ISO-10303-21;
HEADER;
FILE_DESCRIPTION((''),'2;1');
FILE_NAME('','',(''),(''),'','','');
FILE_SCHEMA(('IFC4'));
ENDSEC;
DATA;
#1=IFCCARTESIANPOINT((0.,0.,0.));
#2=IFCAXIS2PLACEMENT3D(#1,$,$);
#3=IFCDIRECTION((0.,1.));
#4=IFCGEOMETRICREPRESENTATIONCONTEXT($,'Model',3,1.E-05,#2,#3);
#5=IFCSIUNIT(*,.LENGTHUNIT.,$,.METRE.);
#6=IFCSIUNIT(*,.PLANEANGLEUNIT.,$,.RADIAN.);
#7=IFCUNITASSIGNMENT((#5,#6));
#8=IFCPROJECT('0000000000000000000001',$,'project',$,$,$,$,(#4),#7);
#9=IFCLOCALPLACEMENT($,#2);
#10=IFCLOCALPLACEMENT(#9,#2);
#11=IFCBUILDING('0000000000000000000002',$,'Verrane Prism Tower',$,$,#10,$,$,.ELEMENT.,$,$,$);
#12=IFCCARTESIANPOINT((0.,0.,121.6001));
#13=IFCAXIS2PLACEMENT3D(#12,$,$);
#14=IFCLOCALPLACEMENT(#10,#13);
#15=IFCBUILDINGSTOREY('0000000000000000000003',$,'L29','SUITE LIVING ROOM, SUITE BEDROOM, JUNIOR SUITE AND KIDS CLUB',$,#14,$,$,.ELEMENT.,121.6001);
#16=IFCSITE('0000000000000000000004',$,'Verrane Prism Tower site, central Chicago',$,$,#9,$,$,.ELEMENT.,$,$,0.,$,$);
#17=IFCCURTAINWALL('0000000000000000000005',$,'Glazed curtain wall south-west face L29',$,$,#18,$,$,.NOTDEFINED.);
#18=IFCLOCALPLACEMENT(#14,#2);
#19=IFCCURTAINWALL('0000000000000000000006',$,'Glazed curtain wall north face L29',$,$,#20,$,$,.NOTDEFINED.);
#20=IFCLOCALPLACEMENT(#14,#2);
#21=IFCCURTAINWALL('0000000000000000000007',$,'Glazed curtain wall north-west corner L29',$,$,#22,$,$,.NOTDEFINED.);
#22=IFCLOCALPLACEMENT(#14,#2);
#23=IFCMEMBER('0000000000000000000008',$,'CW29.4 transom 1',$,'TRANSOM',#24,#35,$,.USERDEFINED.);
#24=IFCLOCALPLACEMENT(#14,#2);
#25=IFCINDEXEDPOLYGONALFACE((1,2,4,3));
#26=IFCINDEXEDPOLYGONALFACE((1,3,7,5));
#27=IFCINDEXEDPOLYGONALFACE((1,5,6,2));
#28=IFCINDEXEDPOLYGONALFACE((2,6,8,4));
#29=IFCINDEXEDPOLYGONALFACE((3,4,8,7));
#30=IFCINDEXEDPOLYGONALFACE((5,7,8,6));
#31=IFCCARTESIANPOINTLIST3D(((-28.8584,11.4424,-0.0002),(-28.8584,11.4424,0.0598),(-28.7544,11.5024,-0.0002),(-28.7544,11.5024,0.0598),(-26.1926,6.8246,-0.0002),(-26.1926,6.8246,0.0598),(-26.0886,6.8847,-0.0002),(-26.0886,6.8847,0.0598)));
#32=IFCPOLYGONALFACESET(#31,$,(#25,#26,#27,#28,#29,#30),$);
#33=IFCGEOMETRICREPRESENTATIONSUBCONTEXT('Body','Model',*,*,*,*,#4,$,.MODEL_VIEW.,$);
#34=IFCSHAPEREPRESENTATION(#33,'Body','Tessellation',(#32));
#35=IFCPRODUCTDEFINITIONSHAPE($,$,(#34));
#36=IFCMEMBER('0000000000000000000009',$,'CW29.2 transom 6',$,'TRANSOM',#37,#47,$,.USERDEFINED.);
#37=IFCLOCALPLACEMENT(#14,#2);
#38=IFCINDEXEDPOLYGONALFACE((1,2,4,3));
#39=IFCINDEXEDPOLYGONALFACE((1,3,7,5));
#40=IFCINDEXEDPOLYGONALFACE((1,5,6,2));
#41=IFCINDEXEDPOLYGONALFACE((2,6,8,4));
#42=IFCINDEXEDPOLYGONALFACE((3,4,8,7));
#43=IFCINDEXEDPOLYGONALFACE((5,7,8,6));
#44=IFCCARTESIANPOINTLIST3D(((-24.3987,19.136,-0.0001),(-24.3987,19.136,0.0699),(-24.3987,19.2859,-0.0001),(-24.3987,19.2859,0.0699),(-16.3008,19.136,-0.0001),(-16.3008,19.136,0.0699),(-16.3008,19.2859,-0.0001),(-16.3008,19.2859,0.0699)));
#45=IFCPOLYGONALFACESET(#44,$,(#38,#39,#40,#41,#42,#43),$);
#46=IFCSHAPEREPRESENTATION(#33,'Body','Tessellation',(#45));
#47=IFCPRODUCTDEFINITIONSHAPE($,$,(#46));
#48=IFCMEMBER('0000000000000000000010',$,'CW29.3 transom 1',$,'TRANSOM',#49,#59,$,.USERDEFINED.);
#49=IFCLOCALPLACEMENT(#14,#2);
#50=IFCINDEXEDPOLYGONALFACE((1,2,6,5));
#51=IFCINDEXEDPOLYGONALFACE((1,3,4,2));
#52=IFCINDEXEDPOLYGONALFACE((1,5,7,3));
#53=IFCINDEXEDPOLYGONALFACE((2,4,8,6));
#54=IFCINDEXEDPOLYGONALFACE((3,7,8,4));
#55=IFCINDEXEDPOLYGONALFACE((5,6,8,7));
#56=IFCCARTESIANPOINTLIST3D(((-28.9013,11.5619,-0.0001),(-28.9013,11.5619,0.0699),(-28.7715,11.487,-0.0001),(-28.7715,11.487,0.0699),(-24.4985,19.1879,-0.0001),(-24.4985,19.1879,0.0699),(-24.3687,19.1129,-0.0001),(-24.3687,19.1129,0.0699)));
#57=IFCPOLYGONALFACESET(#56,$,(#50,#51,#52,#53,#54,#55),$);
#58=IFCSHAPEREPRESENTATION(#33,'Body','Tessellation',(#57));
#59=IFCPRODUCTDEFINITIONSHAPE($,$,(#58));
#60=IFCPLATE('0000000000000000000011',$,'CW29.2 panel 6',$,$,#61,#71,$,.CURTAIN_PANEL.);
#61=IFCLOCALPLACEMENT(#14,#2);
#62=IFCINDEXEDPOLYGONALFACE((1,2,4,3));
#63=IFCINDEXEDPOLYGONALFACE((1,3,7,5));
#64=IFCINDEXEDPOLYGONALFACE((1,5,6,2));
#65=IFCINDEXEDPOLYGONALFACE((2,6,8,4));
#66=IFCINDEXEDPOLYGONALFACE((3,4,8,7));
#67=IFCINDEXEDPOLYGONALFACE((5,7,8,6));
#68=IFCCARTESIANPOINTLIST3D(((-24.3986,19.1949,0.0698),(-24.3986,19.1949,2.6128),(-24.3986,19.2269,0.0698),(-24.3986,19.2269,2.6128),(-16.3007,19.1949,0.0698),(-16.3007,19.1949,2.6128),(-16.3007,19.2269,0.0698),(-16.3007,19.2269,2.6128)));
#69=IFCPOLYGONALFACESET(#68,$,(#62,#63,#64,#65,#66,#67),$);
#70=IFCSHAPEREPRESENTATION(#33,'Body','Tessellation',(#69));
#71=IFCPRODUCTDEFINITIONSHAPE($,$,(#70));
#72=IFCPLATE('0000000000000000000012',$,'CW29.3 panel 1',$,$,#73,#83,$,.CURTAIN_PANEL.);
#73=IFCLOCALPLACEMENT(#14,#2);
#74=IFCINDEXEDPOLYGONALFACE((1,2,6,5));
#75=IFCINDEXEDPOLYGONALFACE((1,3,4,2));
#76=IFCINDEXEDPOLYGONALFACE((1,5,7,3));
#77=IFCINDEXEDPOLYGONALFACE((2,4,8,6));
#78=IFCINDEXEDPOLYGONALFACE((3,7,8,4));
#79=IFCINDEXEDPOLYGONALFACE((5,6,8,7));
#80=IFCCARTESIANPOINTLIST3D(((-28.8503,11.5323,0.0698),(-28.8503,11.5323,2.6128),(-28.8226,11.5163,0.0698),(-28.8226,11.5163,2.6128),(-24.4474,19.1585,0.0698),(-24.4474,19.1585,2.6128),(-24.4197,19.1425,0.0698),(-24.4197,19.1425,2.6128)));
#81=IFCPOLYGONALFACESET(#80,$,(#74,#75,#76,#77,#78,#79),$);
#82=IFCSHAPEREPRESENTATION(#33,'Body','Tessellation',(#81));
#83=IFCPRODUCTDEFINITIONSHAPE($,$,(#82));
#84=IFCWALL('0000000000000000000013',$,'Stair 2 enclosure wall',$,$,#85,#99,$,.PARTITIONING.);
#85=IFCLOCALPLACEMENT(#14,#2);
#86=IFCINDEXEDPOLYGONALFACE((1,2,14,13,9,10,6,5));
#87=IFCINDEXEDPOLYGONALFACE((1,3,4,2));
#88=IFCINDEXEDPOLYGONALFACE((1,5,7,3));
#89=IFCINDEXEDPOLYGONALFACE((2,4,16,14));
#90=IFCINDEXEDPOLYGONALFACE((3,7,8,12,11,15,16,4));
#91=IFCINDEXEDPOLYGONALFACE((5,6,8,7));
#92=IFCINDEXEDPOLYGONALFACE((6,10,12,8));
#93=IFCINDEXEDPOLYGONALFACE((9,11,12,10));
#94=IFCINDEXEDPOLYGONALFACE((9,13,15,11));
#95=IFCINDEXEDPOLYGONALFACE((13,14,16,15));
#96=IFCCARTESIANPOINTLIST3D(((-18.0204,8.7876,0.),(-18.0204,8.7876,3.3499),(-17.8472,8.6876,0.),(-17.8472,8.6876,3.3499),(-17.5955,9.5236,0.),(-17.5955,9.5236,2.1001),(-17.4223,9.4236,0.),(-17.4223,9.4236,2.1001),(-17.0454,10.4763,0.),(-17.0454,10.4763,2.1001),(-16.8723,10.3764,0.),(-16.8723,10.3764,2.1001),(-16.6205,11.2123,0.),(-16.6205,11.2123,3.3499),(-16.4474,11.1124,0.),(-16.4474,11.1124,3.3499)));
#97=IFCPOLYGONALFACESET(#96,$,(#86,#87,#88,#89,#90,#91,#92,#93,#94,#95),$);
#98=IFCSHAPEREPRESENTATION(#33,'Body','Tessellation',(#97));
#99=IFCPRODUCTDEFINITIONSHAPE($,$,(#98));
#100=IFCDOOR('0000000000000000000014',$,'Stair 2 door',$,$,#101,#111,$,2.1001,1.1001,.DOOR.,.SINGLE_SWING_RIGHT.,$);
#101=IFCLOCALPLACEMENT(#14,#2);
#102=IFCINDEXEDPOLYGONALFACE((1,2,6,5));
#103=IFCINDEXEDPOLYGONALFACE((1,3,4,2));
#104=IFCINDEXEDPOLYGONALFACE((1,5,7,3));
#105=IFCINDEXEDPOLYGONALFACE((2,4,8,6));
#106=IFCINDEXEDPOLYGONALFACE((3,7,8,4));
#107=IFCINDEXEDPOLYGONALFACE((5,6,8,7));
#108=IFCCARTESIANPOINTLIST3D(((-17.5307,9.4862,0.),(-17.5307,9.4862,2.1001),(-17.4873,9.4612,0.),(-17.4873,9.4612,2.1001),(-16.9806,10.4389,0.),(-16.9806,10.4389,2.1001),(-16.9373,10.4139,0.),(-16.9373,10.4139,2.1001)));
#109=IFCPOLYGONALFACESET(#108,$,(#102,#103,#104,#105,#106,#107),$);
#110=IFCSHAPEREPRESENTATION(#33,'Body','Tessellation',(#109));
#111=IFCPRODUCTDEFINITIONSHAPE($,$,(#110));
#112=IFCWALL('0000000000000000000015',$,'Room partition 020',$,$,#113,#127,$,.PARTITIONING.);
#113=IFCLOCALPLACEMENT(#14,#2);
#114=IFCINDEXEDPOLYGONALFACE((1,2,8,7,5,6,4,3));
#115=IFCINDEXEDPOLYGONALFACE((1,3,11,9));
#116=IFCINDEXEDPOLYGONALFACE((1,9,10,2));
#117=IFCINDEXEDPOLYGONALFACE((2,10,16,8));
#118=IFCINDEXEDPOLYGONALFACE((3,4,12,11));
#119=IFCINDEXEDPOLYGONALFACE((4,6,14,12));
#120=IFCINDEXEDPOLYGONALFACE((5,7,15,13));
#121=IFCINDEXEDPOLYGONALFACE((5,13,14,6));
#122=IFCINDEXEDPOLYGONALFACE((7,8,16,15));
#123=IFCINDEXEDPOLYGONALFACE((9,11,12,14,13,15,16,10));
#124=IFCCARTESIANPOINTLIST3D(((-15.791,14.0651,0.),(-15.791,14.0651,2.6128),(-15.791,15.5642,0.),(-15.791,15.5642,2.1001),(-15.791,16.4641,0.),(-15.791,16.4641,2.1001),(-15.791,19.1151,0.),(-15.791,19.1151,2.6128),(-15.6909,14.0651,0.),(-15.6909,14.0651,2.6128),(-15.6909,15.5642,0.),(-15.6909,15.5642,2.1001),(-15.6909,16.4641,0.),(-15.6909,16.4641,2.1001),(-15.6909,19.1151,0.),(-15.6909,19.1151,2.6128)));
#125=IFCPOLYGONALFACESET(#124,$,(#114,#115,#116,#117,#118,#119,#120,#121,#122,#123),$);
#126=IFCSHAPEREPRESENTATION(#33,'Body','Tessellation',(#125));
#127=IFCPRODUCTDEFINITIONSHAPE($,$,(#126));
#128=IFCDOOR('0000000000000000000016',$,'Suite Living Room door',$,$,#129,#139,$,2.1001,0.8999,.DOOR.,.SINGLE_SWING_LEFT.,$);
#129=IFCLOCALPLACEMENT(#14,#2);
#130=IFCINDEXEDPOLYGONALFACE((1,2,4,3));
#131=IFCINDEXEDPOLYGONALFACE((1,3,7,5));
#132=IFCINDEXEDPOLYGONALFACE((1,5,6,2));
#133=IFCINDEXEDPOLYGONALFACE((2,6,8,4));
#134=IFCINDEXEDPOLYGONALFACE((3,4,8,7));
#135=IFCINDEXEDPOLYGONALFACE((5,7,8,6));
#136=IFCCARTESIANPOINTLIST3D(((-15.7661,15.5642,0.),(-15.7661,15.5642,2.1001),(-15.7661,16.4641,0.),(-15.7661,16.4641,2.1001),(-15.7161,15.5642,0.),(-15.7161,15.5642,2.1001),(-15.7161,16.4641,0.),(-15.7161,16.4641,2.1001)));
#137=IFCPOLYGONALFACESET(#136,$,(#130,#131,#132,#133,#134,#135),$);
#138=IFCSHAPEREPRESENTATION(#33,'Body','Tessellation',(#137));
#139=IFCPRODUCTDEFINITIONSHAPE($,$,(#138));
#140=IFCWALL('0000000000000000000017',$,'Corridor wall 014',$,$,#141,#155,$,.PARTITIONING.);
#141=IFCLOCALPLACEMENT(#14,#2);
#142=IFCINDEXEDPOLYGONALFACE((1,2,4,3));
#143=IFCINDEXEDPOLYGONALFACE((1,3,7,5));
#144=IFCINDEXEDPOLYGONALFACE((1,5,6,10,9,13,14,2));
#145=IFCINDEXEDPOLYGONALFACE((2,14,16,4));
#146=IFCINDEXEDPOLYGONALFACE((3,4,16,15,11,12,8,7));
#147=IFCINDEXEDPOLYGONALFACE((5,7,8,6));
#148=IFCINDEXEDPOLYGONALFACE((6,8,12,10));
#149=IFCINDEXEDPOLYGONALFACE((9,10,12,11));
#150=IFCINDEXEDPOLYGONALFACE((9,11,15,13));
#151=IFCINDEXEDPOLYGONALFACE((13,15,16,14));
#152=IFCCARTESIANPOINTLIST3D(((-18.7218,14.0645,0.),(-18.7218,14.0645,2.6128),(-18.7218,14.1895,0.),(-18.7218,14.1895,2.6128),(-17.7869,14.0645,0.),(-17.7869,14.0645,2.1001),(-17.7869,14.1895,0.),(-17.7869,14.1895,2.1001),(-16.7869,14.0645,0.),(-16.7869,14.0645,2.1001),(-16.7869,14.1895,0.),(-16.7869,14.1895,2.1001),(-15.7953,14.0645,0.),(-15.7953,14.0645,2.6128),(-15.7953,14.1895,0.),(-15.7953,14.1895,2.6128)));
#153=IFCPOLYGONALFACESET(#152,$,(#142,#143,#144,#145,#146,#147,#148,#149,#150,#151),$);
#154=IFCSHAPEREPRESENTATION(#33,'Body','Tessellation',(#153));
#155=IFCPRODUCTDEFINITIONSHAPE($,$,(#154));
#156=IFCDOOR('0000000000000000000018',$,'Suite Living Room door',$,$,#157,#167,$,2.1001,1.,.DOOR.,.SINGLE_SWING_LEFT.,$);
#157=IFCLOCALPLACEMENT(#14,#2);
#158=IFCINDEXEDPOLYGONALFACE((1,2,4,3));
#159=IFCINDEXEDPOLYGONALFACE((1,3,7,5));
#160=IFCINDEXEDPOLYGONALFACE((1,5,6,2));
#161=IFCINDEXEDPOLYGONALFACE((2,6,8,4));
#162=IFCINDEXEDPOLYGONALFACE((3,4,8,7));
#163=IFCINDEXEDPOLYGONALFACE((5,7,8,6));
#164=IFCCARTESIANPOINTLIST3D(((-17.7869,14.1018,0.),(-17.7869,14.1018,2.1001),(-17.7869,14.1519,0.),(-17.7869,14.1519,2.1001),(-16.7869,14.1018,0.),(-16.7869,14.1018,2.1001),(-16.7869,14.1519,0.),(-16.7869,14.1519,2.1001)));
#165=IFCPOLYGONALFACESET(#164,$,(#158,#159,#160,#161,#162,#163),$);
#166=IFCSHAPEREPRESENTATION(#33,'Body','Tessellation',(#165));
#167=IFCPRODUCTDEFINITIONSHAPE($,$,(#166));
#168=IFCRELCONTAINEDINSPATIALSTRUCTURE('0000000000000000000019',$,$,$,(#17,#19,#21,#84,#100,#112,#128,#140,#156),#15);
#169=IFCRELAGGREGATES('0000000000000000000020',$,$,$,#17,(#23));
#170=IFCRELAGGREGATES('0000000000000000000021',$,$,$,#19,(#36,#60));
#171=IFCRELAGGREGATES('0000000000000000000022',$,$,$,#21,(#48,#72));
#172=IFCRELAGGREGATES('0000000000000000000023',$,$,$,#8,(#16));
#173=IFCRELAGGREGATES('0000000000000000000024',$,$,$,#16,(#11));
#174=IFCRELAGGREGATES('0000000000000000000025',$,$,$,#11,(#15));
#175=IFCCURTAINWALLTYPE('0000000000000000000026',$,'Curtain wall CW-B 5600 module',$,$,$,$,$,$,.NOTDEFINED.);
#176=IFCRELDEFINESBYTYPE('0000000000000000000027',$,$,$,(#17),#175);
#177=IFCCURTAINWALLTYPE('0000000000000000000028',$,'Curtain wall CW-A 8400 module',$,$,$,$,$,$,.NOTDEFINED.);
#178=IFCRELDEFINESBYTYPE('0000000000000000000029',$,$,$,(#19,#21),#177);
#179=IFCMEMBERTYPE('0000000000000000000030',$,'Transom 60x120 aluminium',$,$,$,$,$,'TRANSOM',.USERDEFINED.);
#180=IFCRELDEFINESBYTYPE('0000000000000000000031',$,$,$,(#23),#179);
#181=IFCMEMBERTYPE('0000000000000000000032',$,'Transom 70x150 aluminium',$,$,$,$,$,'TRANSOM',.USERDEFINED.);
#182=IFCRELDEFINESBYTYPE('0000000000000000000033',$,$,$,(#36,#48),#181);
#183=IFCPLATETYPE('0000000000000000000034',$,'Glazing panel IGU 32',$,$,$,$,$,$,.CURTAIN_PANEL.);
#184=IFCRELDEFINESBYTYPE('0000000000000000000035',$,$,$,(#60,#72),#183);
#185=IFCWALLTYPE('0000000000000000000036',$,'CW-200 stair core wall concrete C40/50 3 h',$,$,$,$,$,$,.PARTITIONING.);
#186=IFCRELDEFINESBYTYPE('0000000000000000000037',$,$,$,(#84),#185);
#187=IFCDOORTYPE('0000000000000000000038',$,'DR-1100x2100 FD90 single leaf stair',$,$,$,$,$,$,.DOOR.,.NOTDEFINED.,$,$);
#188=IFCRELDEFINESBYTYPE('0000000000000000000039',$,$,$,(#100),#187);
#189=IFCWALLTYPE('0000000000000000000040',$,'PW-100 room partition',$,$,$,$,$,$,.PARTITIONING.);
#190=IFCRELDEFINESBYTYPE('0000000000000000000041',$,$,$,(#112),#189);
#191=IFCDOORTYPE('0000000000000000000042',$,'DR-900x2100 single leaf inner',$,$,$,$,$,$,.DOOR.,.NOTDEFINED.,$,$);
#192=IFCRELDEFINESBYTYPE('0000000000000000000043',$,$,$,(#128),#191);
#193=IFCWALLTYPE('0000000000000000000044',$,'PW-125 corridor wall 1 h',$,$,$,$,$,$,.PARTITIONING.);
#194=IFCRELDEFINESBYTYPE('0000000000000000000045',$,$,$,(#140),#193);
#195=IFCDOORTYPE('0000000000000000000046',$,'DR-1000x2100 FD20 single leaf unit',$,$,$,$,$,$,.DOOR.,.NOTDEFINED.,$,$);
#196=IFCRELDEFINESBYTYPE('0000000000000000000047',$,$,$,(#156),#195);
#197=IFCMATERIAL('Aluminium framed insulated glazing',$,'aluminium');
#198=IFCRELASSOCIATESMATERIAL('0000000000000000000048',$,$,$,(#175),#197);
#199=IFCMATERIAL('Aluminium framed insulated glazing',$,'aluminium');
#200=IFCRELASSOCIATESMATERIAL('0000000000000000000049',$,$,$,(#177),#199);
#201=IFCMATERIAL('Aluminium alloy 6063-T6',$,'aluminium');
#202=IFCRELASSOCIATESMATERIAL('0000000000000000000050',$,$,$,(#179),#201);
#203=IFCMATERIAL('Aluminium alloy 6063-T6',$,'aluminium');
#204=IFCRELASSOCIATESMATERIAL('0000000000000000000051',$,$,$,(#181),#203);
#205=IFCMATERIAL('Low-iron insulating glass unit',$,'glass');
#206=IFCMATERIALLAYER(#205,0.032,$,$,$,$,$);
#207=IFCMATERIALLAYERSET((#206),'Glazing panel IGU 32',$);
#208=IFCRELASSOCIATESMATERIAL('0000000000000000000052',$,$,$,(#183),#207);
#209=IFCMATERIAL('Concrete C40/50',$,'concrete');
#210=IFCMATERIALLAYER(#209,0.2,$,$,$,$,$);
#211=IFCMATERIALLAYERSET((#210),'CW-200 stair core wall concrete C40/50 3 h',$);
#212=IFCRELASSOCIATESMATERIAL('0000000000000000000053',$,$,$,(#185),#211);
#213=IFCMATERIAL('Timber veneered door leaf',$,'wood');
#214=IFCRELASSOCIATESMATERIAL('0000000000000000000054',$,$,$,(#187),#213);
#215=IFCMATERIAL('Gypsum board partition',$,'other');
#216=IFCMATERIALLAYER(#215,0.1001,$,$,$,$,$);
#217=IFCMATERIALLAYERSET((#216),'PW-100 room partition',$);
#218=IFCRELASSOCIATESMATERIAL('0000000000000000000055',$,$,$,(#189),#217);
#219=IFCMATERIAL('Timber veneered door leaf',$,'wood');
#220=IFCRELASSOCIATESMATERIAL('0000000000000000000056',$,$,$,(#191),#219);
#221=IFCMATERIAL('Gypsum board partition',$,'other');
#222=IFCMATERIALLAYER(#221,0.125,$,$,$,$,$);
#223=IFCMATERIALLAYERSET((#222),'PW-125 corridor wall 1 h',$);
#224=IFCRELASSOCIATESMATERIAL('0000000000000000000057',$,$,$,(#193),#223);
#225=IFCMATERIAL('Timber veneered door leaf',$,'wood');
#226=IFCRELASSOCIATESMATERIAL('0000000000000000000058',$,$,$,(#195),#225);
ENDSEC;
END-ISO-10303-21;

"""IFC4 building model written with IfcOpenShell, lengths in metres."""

from ifc_helpers import new_model, si_unit, direction, frame, frame_2d, origin, origin_2d, place, context, subcontext, project, spatial, rectangle, extrude, material, layer, layer_set, material_profile, profile_set, type_object, element, fill, aggregate, save


model = new_model("IFC4")

# Units and contexts
model_context = context("Model", 3, precision=1e-05, world=origin(), true_north=direction((0.0, 1.0)))
body_context = subcontext(model_context, "Body", "Model", "MODEL_VIEW")
ifc_project = project(units=[si_unit("LENGTHUNIT", "METRE"), si_unit("PLANEANGLEUNIT", "RADIAN")], contexts=[model_context])

# Site, building, storey
site_placement = place(None, origin())
site = spatial("IfcSite", under=ifc_project, at=site_placement, Name="Verrane Prism Tower site, central Chicago", CompositionType="ELEMENT", RefElevation=0.0)
building_placement = place(site_placement, origin())
building = spatial("IfcBuilding", under=site, at=building_placement, Name="Verrane Prism Tower", CompositionType="ELEMENT")
storey_placement = place(building_placement, frame((0.0, 0.0, 121.6001)))
storey = spatial("IfcBuildingStorey", under=building, at=storey_placement, Name="L29", Description="SUITE LIVING ROOM, SUITE BEDROOM, JUNIOR SUITE AND KIDS CLUB", CompositionType="ELEMENT", Elevation=121.6001)

# Curtain walls
ifc_material_1 = material(Name="Aluminium framed insulated glazing", Category="aluminium")
curtain_wall_type_1 = type_object("IfcCurtainWallType", Name="Curtain wall CW-B 5600 module", PredefinedType="NOTDEFINED", material=ifc_material_1)
curtain_wall_1_placement = place(storey_placement, origin())
curtain_wall_1 = element("IfcCurtainWall", 1, at=curtain_wall_1_placement, inside=storey, type_object=curtain_wall_type_1, Name="Glazed curtain wall south-west face L29", PredefinedType="NOTDEFINED")
ifc_material_2 = material(Name="Aluminium framed insulated glazing", Category="aluminium")
curtain_wall_type_2 = type_object("IfcCurtainWallType", Name="Curtain wall CW-A 8400 module", PredefinedType="NOTDEFINED", material=ifc_material_2)
curtain_wall_2_placement = place(storey_placement, origin())
curtain_wall_2 = element("IfcCurtainWall", 2, at=curtain_wall_2_placement, inside=storey, type_object=curtain_wall_type_2, Name="Glazed curtain wall north face L29", PredefinedType="NOTDEFINED")
curtain_wall_3_placement = place(storey_placement, origin())
curtain_wall_3 = element("IfcCurtainWall", 3, at=curtain_wall_3_placement, inside=storey, type_object=curtain_wall_type_2, Name="Glazed curtain wall north-west corner L29", PredefinedType="NOTDEFINED")

# Members
ifc_material_3 = material(Name="Aluminium alloy 6063-T6", Category="aluminium")
ifc_material_profile_1 = material_profile(ifc_material_3, rectangle(XDim=0.1201, YDim=0.0601, at=origin_2d()), Name="Transom 60x120 aluminium")
ifc_profile_set_1 = profile_set([ifc_material_profile_1], Name="Aluminium alloy 6063-T6")
member_type_1 = type_object("IfcMemberType", Name="Transom 60x120 aluminium", ElementType="TRANSOM", PredefinedType="USERDEFINED", material=ifc_profile_set_1)
member_1_placement = place(storey_placement, frame((-28.8064, 11.4724, 0.0298), z_axis=(0.499966, -0.866045, 0.0), x_axis=(0.866045, 0.499966, 0.0)))
member_1 = element("IfcMember", 4, at=member_1_placement, type_object=member_type_1, Name="CW29.4 transom 1", ObjectType="TRANSOM", PredefinedType="USERDEFINED", context=body_context, shape_type="SweptSolid", body=[
    extrude(rectangle(XDim=0.1201, YDim=0.0601, at=origin_2d()), origin(), (0.0, 0.0, 1.0), 5.332),
])
aggregate(curtain_wall_1, [member_1])
ifc_material_4 = material(Name="Aluminium alloy 6063-T6", Category="aluminium")
ifc_material_profile_2 = material_profile(ifc_material_4, rectangle(XDim=0.1499, YDim=0.0701, at=origin_2d()), Name="Transom 70x150 aluminium")
ifc_profile_set_2 = profile_set([ifc_material_profile_2], Name="Aluminium alloy 6063-T6")
member_type_2 = type_object("IfcMemberType", Name="Transom 70x150 aluminium", ElementType="TRANSOM", PredefinedType="USERDEFINED", material=ifc_profile_set_2)
member_2_placement = place(storey_placement, frame((-16.3008, 19.2109, 0.0349), z_axis=(-1.0, 0.0, 0.0), x_axis=(0.0, -1.0, 0.0)))
member_2 = element("IfcMember", 5, at=member_2_placement, type_object=member_type_2, Name="CW29.2 transom 6", ObjectType="TRANSOM", PredefinedType="USERDEFINED", context=body_context, shape_type="SweptSolid", body=[
    extrude(rectangle(XDim=0.1499, YDim=0.0701, at=origin_2d()), origin(), (0.0, 0.0, 1.0), 8.0979),
])
member_3_placement = place(storey_placement, frame((-24.4336, 19.1504, 0.0349), z_axis=(-0.499998, -0.866027, 0.0), x_axis=(0.866027, -0.499998, 0.0)))
member_3 = element("IfcMember", 6, at=member_3_placement, type_object=member_type_2, Name="CW29.3 transom 1", ObjectType="TRANSOM", PredefinedType="USERDEFINED", context=body_context, shape_type="SweptSolid", body=[
    extrude(rectangle(XDim=0.1499, YDim=0.0701, at=origin_2d()), origin(), (0.0, 0.0, 1.0), 8.8057),
])

# Plates
ifc_material_5 = material(Name="Low-iron insulating glass unit", Category="glass")
ifc_layer_1 = layer(ifc_material_5, 0.032)
ifc_layer_set_1 = layer_set([ifc_layer_1], Name="Glazing panel IGU 32")
plate_type = type_object("IfcPlateType", Name="Glazing panel IGU 32", PredefinedType="CURTAIN_PANEL", material=ifc_layer_set_1)
plate_1_placement = place(storey_placement, frame((-20.3496, 19.2109, 0.0698), z_axis=(0.0, 0.0, 1.0), x_axis=(-1.0, 0.0, 0.0)))
plate_1 = element("IfcPlate", 7, at=plate_1_placement, type_object=plate_type, Name="CW29.2 panel 6", PredefinedType="CURTAIN_PANEL", context=body_context, shape_type="SweptSolid", body=[
    extrude(rectangle(XDim=8.0979, YDim=0.032, at=origin_2d()), origin(), (0.0, 0.0, 1.0), 2.543),
])
aggregate(curtain_wall_2, [member_2, plate_1])
plate_2_placement = place(storey_placement, frame((-26.635, 15.3374, 0.0698), z_axis=(0.0, 0.0, 1.0), x_axis=(-0.499998, -0.866026, 0.0)))
plate_2 = element("IfcPlate", 8, at=plate_2_placement, type_object=plate_type, Name="CW29.3 panel 1", PredefinedType="CURTAIN_PANEL", context=body_context, shape_type="SweptSolid", body=[
    extrude(rectangle(XDim=8.8059, YDim=0.032, at=origin_2d()), origin(), (0.0, 0.0, 1.0), 2.543),
])
aggregate(curtain_wall_3, [member_3, plate_2])

# Walls, openings, doors
ifc_material_6 = material(Name="Concrete C40/50", Category="concrete")
ifc_layer_2 = layer(ifc_material_6, 0.2)
ifc_layer_set_2 = layer_set([ifc_layer_2], Name="CW-200 stair core wall concrete C40/50 3 h")
wall_type_1 = type_object("IfcWallType", Name="CW-200 stair core wall concrete C40/50 3 h", PredefinedType="PARTITIONING", material=ifc_layer_set_2)
wall_1_placement = place(storey_placement, frame((-16.5339, 11.1624, 0.0), z_axis=(0.0, 0.0, 1.0), x_axis=(-0.499984, -0.866035, 0.0)))
wall_1 = element("IfcWall", 9, at=wall_1_placement, inside=storey, type_object=wall_type_1, Name="Stair 2 enclosure wall", PredefinedType="PARTITIONING", context=body_context, shape_type="SweptSolid", body=[
    extrude(rectangle(XDim=2.7998, YDim=0.2, at=frame_2d((1.3999, 0.0))), origin(), (0.0, 0.0, 1.0), 3.3499),
])
opening_1_placement = place(wall_1_placement, frame((0.8499, 0.0, 0.0)))
opening_1 = element("IfcOpeningElement", 10, at=opening_1_placement, cuts=wall_1, PredefinedType="OPENING", context=body_context, shape_type="SweptSolid", body=[
    extrude(rectangle(XDim=1.1001, YDim=2.1001, at=frame_2d((0.55, 1.05))), frame((0.0, 0.1099, 0.0), z_axis=(0.0, -1.0, 0.0), x_axis=(1.0, 0.0, 0.0)), (0.0, 0.0, 1.0), 0.22),
])
ifc_material_7 = material(Name="Timber veneered door leaf", Category="wood")
door_type_1 = type_object("IfcDoorType", Name="DR-1100x2100 FD90 single leaf stair", OperationType="NOTDEFINED", PredefinedType="DOOR", material=ifc_material_7)
door_1_placement = place(opening_1_placement, origin())
door_1 = element("IfcDoor", 11, at=door_1_placement, inside=storey, type_object=door_type_1, Name="Stair 2 door", OperationType="SINGLE_SWING_RIGHT", OverallHeight=2.1001, OverallWidth=1.1001, PredefinedType="DOOR", context=body_context, shape_type="SweptSolid", body=[
    extrude(rectangle(XDim=1.1001, YDim=2.1001, at=frame_2d((0.55, 1.05))), frame((0.0, 0.0249, 0.0), z_axis=(0.0, -1.0, 0.0), x_axis=(1.0, 0.0, 0.0)), (0.0, 0.0, 1.0), 0.05),
])
fill(opening_1, door_1)
ifc_material_8 = material(Name="Gypsum board partition", Category="other")
ifc_layer_3 = layer(ifc_material_8, 0.1001)
ifc_layer_set_3 = layer_set([ifc_layer_3], Name="PW-100 room partition")
wall_type_2 = type_object("IfcWallType", Name="PW-100 room partition", PredefinedType="PARTITIONING", material=ifc_layer_set_3)
wall_2_placement = place(storey_placement, frame((-15.741, 19.115, 0.0), z_axis=(0.0, 0.0, 1.0), x_axis=(0.0, -1.0, 0.0)))
wall_2 = element("IfcWall", 12, at=wall_2_placement, inside=storey, type_object=wall_type_2, Name="Room partition 020", PredefinedType="PARTITIONING", context=body_context, shape_type="SweptSolid", body=[
    extrude(rectangle(XDim=5.05, YDim=0.1001, at=frame_2d((2.5249, 0.0))), origin(), (0.0, 0.0, 1.0), 2.6128),
])
opening_2_placement = place(wall_2_placement, frame((2.6509, 0.0, 0.0)))
opening_2 = element("IfcOpeningElement", 13, at=opening_2_placement, cuts=wall_2, PredefinedType="OPENING", context=body_context, shape_type="SweptSolid", body=[
    extrude(rectangle(XDim=0.8999, YDim=2.1001, at=frame_2d((0.45, 1.05))), frame((0.0, 0.0601, 0.0), z_axis=(0.0, -1.0, 0.0), x_axis=(1.0, 0.0, 0.0)), (0.0, 0.0, 1.0), 0.1201),
])
ifc_material_9 = material(Name="Timber veneered door leaf", Category="wood")
door_type_2 = type_object("IfcDoorType", Name="DR-900x2100 single leaf inner", OperationType="NOTDEFINED", PredefinedType="DOOR", material=ifc_material_9)
door_2_placement = place(opening_2_placement, origin())
door_2 = element("IfcDoor", 14, at=door_2_placement, inside=storey, type_object=door_type_2, Name="Suite Living Room door", OperationType="SINGLE_SWING_LEFT", OverallHeight=2.1001, OverallWidth=0.8999, PredefinedType="DOOR", context=body_context, shape_type="SweptSolid", body=[
    extrude(rectangle(XDim=0.8999, YDim=2.1001, at=frame_2d((0.45, 1.05))), frame((0.0, 0.0249, 0.0), z_axis=(0.0, -1.0, 0.0), x_axis=(1.0, 0.0, 0.0)), (0.0, 0.0, 1.0), 0.05),
])
fill(opening_2, door_2)
ifc_material_10 = material(Name="Gypsum board partition", Category="other")
ifc_layer_4 = layer(ifc_material_10, 0.125)
ifc_layer_set_4 = layer_set([ifc_layer_4], Name="PW-125 corridor wall 1 h")
wall_type_3 = type_object("IfcWallType", Name="PW-125 corridor wall 1 h", PredefinedType="PARTITIONING", material=ifc_layer_set_4)
wall_3_placement = place(storey_placement, frame((-18.7219, 14.127, 0.0), z_axis=(0.0, 0.0, 1.0), x_axis=(1.0, 0.0, 0.0)))
wall_3 = element("IfcWall", 15, at=wall_3_placement, inside=storey, type_object=wall_type_3, Name="Corridor wall 014", PredefinedType="PARTITIONING", context=body_context, shape_type="SweptSolid", body=[
    extrude(rectangle(XDim=2.9265, YDim=0.125, at=frame_2d((1.4634, 0.0))), origin(), (0.0, 0.0, 1.0), 2.6128),
])
opening_3_placement = place(wall_3_placement, frame((0.9351, 0.0, 0.0)))
opening_3 = element("IfcOpeningElement", 16, at=opening_3_placement, cuts=wall_3, PredefinedType="OPENING", context=body_context, shape_type="SweptSolid", body=[
    extrude(rectangle(XDim=1.0, YDim=2.1001, at=frame_2d((0.5, 1.05))), frame((0.0, 0.0725, 0.0), z_axis=(0.0, -1.0, 0.0), x_axis=(1.0, 0.0, 0.0)), (0.0, 0.0, 1.0), 0.145),
])
ifc_material_11 = material(Name="Timber veneered door leaf", Category="wood")
door_type_3 = type_object("IfcDoorType", Name="DR-1000x2100 FD20 single leaf unit", OperationType="NOTDEFINED", PredefinedType="DOOR", material=ifc_material_11)
door_3_placement = place(opening_3_placement, origin())
door_3 = element("IfcDoor", 17, at=door_3_placement, inside=storey, type_object=door_type_3, Name="Suite Living Room door", OperationType="SINGLE_SWING_LEFT", OverallHeight=2.1001, OverallWidth=1.0, PredefinedType="DOOR", context=body_context, shape_type="SweptSolid", body=[
    extrude(rectangle(XDim=1.0, YDim=2.1001, at=frame_2d((0.5, 1.05))), frame((0.0, 0.0249, 0.0), z_axis=(0.0, -1.0, 0.0), x_axis=(1.0, 0.0, 0.0)), (0.0, 0.0, 1.0), 0.05),
])
fill(opening_3, door_3)

save(model, "model.ifc")
